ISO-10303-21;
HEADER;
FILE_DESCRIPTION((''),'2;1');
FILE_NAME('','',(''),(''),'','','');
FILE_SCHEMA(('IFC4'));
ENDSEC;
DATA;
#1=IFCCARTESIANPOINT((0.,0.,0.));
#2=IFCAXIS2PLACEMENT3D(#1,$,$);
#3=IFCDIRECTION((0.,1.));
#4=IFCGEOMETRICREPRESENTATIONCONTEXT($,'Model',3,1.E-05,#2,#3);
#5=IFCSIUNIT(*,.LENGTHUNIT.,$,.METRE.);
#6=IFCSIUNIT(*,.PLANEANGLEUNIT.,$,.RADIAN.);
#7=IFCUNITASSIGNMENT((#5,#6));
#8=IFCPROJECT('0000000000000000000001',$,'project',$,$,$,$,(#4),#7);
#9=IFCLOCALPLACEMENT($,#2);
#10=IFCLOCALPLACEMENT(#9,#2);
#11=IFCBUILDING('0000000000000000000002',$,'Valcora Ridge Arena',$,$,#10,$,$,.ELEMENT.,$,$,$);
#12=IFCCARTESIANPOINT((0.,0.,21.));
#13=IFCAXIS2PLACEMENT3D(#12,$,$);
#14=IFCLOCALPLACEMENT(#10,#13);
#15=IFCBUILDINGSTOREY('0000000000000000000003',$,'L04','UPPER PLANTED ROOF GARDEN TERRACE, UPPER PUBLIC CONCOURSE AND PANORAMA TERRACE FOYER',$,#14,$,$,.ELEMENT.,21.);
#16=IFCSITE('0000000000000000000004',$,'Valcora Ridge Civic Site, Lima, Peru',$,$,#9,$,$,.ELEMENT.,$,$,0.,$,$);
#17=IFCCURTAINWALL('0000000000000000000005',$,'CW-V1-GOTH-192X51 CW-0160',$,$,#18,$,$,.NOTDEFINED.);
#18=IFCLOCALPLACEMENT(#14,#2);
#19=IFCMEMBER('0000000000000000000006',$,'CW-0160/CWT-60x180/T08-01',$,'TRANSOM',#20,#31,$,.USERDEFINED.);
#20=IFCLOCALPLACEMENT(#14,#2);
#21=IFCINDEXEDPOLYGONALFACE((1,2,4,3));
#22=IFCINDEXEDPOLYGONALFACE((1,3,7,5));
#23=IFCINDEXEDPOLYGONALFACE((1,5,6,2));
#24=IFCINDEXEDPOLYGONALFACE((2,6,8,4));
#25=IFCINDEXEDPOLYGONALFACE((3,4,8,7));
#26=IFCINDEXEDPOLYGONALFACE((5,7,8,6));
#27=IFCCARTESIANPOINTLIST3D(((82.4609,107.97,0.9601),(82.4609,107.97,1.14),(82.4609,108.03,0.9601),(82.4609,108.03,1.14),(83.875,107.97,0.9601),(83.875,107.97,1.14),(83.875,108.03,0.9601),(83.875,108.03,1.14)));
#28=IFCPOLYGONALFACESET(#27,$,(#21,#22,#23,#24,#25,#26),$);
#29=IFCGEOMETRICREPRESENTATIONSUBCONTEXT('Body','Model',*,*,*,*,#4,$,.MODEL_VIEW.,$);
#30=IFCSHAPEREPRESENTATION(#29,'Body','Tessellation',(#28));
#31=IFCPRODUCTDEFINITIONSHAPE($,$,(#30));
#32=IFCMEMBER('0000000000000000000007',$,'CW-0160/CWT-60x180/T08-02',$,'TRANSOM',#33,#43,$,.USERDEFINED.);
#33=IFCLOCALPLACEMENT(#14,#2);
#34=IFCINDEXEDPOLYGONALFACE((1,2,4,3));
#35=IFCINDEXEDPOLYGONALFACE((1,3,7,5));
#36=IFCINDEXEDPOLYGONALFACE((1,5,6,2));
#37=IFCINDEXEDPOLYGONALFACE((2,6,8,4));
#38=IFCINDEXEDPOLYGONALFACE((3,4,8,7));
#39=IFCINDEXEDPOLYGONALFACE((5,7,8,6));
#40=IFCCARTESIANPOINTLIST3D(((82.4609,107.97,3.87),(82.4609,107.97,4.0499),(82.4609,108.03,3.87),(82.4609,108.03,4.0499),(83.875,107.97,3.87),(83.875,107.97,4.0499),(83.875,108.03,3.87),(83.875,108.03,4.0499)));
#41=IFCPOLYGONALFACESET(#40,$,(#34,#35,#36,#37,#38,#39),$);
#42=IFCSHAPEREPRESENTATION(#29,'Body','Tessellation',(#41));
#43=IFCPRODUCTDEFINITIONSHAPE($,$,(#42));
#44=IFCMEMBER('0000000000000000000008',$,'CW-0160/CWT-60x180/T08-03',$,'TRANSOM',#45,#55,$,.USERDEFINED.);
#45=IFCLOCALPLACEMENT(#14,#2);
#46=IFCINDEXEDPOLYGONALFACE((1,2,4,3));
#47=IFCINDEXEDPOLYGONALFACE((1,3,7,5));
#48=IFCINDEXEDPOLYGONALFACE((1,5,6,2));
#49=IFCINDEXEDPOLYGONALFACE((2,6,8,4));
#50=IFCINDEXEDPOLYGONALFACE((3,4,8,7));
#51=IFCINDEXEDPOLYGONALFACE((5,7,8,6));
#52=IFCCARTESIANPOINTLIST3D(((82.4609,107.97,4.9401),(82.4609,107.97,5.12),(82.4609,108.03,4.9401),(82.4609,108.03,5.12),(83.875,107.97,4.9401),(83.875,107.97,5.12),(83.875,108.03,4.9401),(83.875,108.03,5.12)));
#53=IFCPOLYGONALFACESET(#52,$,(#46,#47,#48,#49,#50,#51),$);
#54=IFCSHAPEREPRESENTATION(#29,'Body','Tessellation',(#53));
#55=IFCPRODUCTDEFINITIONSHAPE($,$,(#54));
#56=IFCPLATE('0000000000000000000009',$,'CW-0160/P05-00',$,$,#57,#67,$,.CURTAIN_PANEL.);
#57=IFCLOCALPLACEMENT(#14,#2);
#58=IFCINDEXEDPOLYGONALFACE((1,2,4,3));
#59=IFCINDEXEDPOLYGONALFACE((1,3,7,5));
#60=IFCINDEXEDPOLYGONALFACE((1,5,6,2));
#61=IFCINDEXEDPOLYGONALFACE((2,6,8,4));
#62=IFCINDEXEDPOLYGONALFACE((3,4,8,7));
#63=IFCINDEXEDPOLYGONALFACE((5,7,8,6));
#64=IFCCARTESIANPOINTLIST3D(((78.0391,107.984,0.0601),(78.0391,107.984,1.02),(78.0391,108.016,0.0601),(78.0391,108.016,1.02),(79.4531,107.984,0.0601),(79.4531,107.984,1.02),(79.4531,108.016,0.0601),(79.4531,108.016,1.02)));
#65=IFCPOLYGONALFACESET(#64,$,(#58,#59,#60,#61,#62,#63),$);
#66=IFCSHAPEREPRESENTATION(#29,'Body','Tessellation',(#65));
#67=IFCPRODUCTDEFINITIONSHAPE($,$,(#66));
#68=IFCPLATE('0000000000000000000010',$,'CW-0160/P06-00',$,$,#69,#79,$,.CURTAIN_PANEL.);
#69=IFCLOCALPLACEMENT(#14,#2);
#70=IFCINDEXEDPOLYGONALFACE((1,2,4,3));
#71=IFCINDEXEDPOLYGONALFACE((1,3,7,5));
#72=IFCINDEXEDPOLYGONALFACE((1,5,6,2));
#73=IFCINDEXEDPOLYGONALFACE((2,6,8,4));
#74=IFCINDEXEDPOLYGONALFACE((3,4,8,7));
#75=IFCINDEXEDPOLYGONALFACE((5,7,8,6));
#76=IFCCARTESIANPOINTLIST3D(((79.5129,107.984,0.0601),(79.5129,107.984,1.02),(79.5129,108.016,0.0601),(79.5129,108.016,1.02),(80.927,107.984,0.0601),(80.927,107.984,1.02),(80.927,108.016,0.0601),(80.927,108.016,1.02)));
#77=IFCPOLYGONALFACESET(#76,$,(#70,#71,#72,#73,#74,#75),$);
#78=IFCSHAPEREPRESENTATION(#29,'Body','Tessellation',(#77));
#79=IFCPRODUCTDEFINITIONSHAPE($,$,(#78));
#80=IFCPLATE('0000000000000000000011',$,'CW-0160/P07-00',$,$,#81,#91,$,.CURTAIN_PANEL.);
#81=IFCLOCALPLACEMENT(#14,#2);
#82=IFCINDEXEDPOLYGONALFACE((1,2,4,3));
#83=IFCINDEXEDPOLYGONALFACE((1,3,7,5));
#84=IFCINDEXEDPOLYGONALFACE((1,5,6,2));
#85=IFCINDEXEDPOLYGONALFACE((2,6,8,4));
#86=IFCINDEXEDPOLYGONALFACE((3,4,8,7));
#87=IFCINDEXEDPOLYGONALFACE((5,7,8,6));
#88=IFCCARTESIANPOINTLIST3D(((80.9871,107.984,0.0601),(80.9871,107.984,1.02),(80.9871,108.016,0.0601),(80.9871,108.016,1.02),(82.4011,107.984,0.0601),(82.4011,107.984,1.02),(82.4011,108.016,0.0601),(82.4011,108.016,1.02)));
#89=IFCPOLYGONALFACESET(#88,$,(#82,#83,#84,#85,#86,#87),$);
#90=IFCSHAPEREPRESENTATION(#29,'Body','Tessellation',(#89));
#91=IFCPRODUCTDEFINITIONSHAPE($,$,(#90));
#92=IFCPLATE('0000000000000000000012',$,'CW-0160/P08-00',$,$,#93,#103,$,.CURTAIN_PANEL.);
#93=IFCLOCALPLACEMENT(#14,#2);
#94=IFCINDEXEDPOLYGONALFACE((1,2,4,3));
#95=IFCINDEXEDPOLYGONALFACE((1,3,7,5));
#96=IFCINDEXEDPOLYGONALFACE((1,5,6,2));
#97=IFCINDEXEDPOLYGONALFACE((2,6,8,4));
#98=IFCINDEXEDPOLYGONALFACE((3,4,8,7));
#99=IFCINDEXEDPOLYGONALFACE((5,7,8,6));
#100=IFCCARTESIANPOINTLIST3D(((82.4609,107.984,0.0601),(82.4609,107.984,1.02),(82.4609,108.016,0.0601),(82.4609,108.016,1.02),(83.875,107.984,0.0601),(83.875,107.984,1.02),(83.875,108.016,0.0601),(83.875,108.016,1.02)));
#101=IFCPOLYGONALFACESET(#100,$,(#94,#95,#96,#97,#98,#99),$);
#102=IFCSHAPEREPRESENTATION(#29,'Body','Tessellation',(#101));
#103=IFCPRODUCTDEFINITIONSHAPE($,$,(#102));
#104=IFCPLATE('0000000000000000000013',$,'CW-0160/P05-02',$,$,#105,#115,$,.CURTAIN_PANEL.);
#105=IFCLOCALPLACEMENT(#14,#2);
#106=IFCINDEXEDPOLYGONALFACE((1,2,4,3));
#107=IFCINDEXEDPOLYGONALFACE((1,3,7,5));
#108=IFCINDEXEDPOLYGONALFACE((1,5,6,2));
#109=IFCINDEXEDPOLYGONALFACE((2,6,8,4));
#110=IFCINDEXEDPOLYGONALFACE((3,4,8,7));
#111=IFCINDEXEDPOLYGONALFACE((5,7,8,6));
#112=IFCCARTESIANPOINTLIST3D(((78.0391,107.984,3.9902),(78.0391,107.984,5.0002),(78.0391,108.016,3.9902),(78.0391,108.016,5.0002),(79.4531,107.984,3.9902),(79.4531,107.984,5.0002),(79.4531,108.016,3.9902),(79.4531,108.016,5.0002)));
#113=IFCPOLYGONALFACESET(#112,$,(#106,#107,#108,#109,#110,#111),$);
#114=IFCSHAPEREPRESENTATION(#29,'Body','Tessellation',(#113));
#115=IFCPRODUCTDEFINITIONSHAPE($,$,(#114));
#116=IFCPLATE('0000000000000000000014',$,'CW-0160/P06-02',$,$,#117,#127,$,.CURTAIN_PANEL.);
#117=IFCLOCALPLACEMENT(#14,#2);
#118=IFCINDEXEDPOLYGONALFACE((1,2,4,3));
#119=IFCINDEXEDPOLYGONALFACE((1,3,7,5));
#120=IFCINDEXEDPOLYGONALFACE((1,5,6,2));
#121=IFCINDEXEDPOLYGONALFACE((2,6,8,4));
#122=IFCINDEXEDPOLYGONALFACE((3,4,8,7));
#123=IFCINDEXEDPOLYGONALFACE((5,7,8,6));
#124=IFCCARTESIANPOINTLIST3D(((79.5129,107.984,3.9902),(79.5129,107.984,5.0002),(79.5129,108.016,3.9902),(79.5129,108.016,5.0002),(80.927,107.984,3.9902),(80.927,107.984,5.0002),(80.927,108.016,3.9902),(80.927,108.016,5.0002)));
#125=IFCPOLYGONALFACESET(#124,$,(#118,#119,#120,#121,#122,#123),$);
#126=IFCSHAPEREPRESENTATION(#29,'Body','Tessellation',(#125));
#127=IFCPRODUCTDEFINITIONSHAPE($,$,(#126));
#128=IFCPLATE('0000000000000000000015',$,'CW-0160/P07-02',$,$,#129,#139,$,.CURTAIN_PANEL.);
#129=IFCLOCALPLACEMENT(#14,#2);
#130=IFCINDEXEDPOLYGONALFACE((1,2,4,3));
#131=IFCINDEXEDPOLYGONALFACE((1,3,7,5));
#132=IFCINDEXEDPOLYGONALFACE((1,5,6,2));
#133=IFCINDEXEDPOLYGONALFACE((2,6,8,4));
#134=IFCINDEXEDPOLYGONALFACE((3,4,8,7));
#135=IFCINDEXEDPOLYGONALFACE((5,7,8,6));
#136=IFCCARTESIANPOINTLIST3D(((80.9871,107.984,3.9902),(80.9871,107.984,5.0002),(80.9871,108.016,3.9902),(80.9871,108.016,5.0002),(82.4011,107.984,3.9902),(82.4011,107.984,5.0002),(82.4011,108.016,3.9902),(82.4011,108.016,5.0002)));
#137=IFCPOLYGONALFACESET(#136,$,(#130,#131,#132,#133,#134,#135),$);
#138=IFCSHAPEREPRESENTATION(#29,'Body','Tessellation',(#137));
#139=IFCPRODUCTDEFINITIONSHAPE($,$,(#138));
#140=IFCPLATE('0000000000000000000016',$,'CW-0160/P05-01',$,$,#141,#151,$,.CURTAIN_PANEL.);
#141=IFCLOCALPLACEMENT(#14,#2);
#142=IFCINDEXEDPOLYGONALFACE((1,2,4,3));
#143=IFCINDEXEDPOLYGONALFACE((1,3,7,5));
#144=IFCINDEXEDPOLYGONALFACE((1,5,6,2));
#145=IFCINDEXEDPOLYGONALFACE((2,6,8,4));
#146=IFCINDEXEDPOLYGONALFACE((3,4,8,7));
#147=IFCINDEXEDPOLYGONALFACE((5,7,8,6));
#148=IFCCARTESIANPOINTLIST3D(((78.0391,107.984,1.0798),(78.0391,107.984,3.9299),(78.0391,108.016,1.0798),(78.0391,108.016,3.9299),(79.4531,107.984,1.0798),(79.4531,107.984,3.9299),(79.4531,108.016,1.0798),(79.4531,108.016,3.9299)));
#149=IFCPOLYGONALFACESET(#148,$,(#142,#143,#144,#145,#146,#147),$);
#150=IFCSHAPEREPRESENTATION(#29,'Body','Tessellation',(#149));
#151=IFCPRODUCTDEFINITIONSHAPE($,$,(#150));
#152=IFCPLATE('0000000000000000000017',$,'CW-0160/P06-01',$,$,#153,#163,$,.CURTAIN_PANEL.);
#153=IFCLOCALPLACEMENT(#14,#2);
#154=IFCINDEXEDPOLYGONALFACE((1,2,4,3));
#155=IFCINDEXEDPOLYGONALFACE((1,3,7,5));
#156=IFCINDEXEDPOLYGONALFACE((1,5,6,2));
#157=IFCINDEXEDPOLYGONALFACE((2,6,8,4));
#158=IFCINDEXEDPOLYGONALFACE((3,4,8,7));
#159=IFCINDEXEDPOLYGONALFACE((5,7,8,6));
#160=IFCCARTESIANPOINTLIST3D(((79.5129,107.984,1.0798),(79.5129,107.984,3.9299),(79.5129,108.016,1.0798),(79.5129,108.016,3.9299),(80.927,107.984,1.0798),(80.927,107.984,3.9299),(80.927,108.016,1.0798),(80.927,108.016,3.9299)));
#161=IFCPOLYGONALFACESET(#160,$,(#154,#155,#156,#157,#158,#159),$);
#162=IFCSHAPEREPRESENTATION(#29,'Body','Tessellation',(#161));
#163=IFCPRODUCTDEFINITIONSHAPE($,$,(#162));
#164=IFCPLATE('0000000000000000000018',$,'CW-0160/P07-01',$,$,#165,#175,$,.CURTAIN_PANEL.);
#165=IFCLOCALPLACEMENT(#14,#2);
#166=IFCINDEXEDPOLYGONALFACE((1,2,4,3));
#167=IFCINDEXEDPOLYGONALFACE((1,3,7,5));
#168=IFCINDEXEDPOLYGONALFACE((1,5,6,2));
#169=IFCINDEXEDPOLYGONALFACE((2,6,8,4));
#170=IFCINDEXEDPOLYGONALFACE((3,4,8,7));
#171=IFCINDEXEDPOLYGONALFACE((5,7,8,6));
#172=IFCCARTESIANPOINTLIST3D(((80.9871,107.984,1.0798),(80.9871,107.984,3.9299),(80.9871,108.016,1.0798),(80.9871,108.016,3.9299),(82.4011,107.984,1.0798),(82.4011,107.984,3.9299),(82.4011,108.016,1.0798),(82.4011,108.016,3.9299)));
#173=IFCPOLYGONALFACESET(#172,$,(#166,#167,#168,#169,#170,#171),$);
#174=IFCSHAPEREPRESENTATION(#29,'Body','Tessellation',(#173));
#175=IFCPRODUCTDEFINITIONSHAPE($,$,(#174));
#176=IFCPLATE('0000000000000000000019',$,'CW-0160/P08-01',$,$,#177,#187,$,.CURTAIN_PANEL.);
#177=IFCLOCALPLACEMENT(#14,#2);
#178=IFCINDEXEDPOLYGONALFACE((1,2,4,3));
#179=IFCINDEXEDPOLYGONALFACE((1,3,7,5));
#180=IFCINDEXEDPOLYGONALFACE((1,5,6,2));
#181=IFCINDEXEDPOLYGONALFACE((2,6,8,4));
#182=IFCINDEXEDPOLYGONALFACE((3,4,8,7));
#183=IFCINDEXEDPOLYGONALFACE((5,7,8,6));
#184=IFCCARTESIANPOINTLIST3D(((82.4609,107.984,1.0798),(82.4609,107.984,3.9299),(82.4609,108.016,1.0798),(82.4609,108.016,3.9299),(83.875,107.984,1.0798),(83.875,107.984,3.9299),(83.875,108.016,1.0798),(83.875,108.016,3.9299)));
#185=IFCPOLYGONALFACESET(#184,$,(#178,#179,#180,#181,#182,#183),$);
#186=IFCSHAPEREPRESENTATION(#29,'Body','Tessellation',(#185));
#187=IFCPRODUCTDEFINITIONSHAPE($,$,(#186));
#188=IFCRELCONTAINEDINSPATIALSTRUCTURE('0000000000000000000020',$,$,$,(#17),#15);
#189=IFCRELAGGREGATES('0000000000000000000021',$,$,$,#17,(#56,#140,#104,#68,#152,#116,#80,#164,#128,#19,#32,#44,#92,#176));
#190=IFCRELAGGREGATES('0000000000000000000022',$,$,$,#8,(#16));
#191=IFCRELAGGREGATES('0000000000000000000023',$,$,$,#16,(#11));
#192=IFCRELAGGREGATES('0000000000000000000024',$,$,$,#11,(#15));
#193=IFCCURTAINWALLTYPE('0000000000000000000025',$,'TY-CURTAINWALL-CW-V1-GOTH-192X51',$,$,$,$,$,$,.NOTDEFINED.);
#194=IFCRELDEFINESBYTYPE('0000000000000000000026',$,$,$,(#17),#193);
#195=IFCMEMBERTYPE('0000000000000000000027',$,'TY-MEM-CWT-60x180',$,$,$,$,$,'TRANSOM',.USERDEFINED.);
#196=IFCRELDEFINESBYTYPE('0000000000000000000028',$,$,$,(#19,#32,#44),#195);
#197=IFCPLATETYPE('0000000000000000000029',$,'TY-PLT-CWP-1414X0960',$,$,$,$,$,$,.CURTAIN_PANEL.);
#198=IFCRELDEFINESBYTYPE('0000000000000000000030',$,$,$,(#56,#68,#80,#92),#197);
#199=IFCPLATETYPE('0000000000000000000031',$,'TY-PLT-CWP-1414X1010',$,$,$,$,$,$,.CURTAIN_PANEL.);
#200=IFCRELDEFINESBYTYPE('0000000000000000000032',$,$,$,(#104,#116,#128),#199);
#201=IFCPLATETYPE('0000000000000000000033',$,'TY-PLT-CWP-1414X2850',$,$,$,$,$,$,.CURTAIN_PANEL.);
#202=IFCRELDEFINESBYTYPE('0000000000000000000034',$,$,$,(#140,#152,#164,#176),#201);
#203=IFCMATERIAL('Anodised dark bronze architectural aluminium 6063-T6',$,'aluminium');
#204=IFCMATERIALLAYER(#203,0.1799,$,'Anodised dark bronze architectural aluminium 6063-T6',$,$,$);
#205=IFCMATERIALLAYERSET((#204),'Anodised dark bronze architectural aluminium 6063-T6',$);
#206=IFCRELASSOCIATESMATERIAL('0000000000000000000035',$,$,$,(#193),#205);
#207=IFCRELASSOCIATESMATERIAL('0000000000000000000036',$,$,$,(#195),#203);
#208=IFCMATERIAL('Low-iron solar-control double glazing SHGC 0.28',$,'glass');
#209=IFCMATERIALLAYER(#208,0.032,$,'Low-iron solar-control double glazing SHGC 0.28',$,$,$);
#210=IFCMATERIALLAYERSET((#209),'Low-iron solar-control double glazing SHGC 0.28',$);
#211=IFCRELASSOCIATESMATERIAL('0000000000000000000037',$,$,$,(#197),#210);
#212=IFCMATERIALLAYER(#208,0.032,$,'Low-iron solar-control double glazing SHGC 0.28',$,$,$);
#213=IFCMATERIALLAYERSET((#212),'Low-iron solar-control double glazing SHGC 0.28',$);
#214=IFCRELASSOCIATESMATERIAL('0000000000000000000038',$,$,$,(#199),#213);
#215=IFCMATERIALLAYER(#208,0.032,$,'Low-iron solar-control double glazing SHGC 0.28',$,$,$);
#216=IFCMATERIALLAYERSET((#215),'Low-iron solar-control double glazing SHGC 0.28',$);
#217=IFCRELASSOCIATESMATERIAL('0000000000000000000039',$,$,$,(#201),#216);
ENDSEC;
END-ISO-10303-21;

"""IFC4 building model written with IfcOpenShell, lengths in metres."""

from ifc_helpers import new_model, si_unit, direction, frame, origin, origin_2d, place, context, subcontext, project, spatial, rectangle, extrude, material, layer, layer_set, material_profile, profile_set, type_object, element, aggregate, save


model = new_model("IFC4")

# Units and contexts
model_context = context("Model", 3, precision=1e-05, world=origin(), true_north=direction((0.0, 1.0)))
body_context = subcontext(model_context, "Body", "Model", "MODEL_VIEW")
ifc_project = project(units=[si_unit("LENGTHUNIT", "METRE"), si_unit("PLANEANGLEUNIT", "RADIAN")], contexts=[model_context])

# Site, building, storey
site_placement = place(None, origin())
site = spatial("IfcSite", under=ifc_project, at=site_placement, Name="Valcora Ridge Civic Site, Lima, Peru", CompositionType="ELEMENT", RefElevation=0.0)
building_placement = place(site_placement, origin())
building = spatial("IfcBuilding", under=site, at=building_placement, Name="Valcora Ridge Arena", CompositionType="ELEMENT")
storey_placement = place(building_placement, frame((0.0, 0.0, 21.0)))
storey = spatial("IfcBuildingStorey", under=building, at=storey_placement, Name="L04", Description="UPPER PLANTED ROOF GARDEN TERRACE, UPPER PUBLIC CONCOURSE AND PANORAMA TERRACE FOYER", CompositionType="ELEMENT", Elevation=21.0)

# Curtain wall, members, plates
ifc_material_1 = material(Name="Anodised dark bronze architectural aluminium 6063-T6", Category="aluminium")
ifc_layer_1 = layer(ifc_material_1, 0.1799, Name="Anodised dark bronze architectural aluminium 6063-T6")
ifc_layer_set_1 = layer_set([ifc_layer_1], Name="Anodised dark bronze architectural aluminium 6063-T6")
curtain_wall_type = type_object("IfcCurtainWallType", Name="TY-CURTAINWALL-CW-V1-GOTH-192X51", PredefinedType="NOTDEFINED", material=ifc_layer_set_1)
curtain_wall_placement = place(storey_placement, origin())
curtain_wall = element("IfcCurtainWall", 1, at=curtain_wall_placement, inside=storey, type_object=curtain_wall_type, Name="CW-V1-GOTH-192X51 CW-0160", PredefinedType="NOTDEFINED")
ifc_material_profile_1 = material_profile(ifc_material_1, rectangle(XDim=0.0601, YDim=0.1799, at=origin_2d()), Name="ALU TRANSOM 60x180")
ifc_profile_set_1 = profile_set([ifc_material_profile_1], Name="Anodised dark bronze architectural aluminium 6063-T6")
member_type_1 = type_object("IfcMemberType", Name="TY-MEM-CWT-60x180", ElementType="TRANSOM", PredefinedType="USERDEFINED", material=ifc_profile_set_1)
member_1_placement = place(storey_placement, frame((82.4609, 108.0, 1.05), z_axis=(1.0, 0.0, 0.0), x_axis=(0.0, 1.0, 0.0)))
member_1 = element("IfcMember", 2, at=member_1_placement, type_object=member_type_1, Name="CW-0160/CWT-60x180/T08-01", ObjectType="TRANSOM", PredefinedType="USERDEFINED", context=body_context, shape_type="SweptSolid", body=[
    extrude(rectangle(XDim=0.0601, YDim=0.1799, at=origin_2d()), origin(), (0.0, 0.0, 1.0), 1.4141),
])
member_2_placement = place(storey_placement, frame((82.4609, 108.0, 3.96), z_axis=(1.0, 0.0, 0.0), x_axis=(0.0, 1.0, 0.0)))
member_2 = element("IfcMember", 3, at=member_2_placement, type_object=member_type_1, Name="CW-0160/CWT-60x180/T08-02", ObjectType="TRANSOM", PredefinedType="USERDEFINED", context=body_context, shape_type="SweptSolid", body=[
    extrude(rectangle(XDim=0.0601, YDim=0.1799, at=origin_2d()), origin(), (0.0, 0.0, 1.0), 1.4141),
])
member_3_placement = place(storey_placement, frame((82.4609, 108.0, 5.03), z_axis=(1.0, 0.0, 0.0), x_axis=(0.0, 1.0, 0.0)))
member_3 = element("IfcMember", 4, at=member_3_placement, type_object=member_type_1, Name="CW-0160/CWT-60x180/T08-03", ObjectType="TRANSOM", PredefinedType="USERDEFINED", context=body_context, shape_type="SweptSolid", body=[
    extrude(rectangle(XDim=0.0601, YDim=0.1799, at=origin_2d()), origin(), (0.0, 0.0, 1.0), 1.4141),
])
ifc_material_2 = material(Name="Low-iron solar-control double glazing SHGC 0.28", Category="glass")
ifc_layer_2 = layer(ifc_material_2, 0.032, Name="Low-iron solar-control double glazing SHGC 0.28")
ifc_layer_set_2 = layer_set([ifc_layer_2], Name="Low-iron solar-control double glazing SHGC 0.28")
plate_type_1 = type_object("IfcPlateType", Name="TY-PLT-CWP-1414X0960", PredefinedType="CURTAIN_PANEL", material=ifc_layer_set_2)
plate_1_placement = place(storey_placement, frame((78.7461, 108.0, 0.0601), z_axis=(0.0, 0.0, 1.0), x_axis=(1.0, 0.0, 0.0)))
plate_1 = element("IfcPlate", 5, at=plate_1_placement, type_object=plate_type_1, Name="CW-0160/P05-00", PredefinedType="CURTAIN_PANEL", context=body_context, shape_type="SweptSolid", body=[
    extrude(rectangle(XDim=1.4141, YDim=0.032, at=origin_2d()), origin(), (0.0, 0.0, 1.0), 0.96),
])
plate_2_placement = place(storey_placement, frame((80.22, 108.0, 0.0601), z_axis=(0.0, 0.0, 1.0), x_axis=(1.0, 0.0, 0.0)))
plate_2 = element("IfcPlate", 6, at=plate_2_placement, type_object=plate_type_1, Name="CW-0160/P06-00", PredefinedType="CURTAIN_PANEL", context=body_context, shape_type="SweptSolid", body=[
    extrude(rectangle(XDim=1.4141, YDim=0.032, at=origin_2d()), origin(), (0.0, 0.0, 1.0), 0.96),
])
plate_3_placement = place(storey_placement, frame((81.6941, 108.0, 0.0601), z_axis=(0.0, 0.0, 1.0), x_axis=(1.0, 0.0, 0.0)))
plate_3 = element("IfcPlate", 7, at=plate_3_placement, type_object=plate_type_1, Name="CW-0160/P07-00", PredefinedType="CURTAIN_PANEL", context=body_context, shape_type="SweptSolid", body=[
    extrude(rectangle(XDim=1.4141, YDim=0.032, at=origin_2d()), origin(), (0.0, 0.0, 1.0), 0.96),
])
plate_4_placement = place(storey_placement, frame((83.168, 108.0, 0.0601), z_axis=(0.0, 0.0, 1.0), x_axis=(1.0, 0.0, 0.0)))
plate_4 = element("IfcPlate", 8, at=plate_4_placement, type_object=plate_type_1, Name="CW-0160/P08-00", PredefinedType="CURTAIN_PANEL", context=body_context, shape_type="SweptSolid", body=[
    extrude(rectangle(XDim=1.4141, YDim=0.032, at=origin_2d()), origin(), (0.0, 0.0, 1.0), 0.96),
])
ifc_layer_3 = layer(ifc_material_2, 0.032, Name="Low-iron solar-control double glazing SHGC 0.28")
ifc_layer_set_3 = layer_set([ifc_layer_3], Name="Low-iron solar-control double glazing SHGC 0.28")
plate_type_2 = type_object("IfcPlateType", Name="TY-PLT-CWP-1414X1010", PredefinedType="CURTAIN_PANEL", material=ifc_layer_set_3)
plate_5_placement = place(storey_placement, frame((78.7461, 108.0, 3.9902), z_axis=(0.0, 0.0, 1.0), x_axis=(1.0, 0.0, 0.0)))
plate_5 = element("IfcPlate", 9, at=plate_5_placement, type_object=plate_type_2, Name="CW-0160/P05-02", PredefinedType="CURTAIN_PANEL", context=body_context, shape_type="SweptSolid", body=[
    extrude(rectangle(XDim=1.4141, YDim=0.032, at=origin_2d()), origin(), (0.0, 0.0, 1.0), 1.01),
])
plate_6_placement = place(storey_placement, frame((80.22, 108.0, 3.9902), z_axis=(0.0, 0.0, 1.0), x_axis=(1.0, 0.0, 0.0)))
plate_6 = element("IfcPlate", 10, at=plate_6_placement, type_object=plate_type_2, Name="CW-0160/P06-02", PredefinedType="CURTAIN_PANEL", context=body_context, shape_type="SweptSolid", body=[
    extrude(rectangle(XDim=1.4141, YDim=0.032, at=origin_2d()), origin(), (0.0, 0.0, 1.0), 1.01),
])
plate_7_placement = place(storey_placement, frame((81.6941, 108.0, 3.9902), z_axis=(0.0, 0.0, 1.0), x_axis=(1.0, 0.0, 0.0)))
plate_7 = element("IfcPlate", 11, at=plate_7_placement, type_object=plate_type_2, Name="CW-0160/P07-02", PredefinedType="CURTAIN_PANEL", context=body_context, shape_type="SweptSolid", body=[
    extrude(rectangle(XDim=1.4141, YDim=0.032, at=origin_2d()), origin(), (0.0, 0.0, 1.0), 1.01),
])
ifc_layer_4 = layer(ifc_material_2, 0.032, Name="Low-iron solar-control double glazing SHGC 0.28")
ifc_layer_set_4 = layer_set([ifc_layer_4], Name="Low-iron solar-control double glazing SHGC 0.28")
plate_type_3 = type_object("IfcPlateType", Name="TY-PLT-CWP-1414X2850", PredefinedType="CURTAIN_PANEL", material=ifc_layer_set_4)
plate_8_placement = place(storey_placement, frame((78.7461, 108.0, 1.0798), z_axis=(0.0, 0.0, 1.0), x_axis=(1.0, 0.0, 0.0)))
plate_8 = element("IfcPlate", 12, at=plate_8_placement, type_object=plate_type_3, Name="CW-0160/P05-01", PredefinedType="CURTAIN_PANEL", context=body_context, shape_type="SweptSolid", body=[
    extrude(rectangle(XDim=1.4141, YDim=0.032, at=origin_2d()), origin(), (0.0, 0.0, 1.0), 2.8501),
])
plate_9_placement = place(storey_placement, frame((80.22, 108.0, 1.0798), z_axis=(0.0, 0.0, 1.0), x_axis=(1.0, 0.0, 0.0)))
plate_9 = element("IfcPlate", 13, at=plate_9_placement, type_object=plate_type_3, Name="CW-0160/P06-01", PredefinedType="CURTAIN_PANEL", context=body_context, shape_type="SweptSolid", body=[
    extrude(rectangle(XDim=1.4141, YDim=0.032, at=origin_2d()), origin(), (0.0, 0.0, 1.0), 2.8501),
])
plate_10_placement = place(storey_placement, frame((81.6941, 108.0, 1.0798), z_axis=(0.0, 0.0, 1.0), x_axis=(1.0, 0.0, 0.0)))
plate_10 = element("IfcPlate", 14, at=plate_10_placement, type_object=plate_type_3, Name="CW-0160/P07-01", PredefinedType="CURTAIN_PANEL", context=body_context, shape_type="SweptSolid", body=[
    extrude(rectangle(XDim=1.4141, YDim=0.032, at=origin_2d()), origin(), (0.0, 0.0, 1.0), 2.8501),
])
plate_11_placement = place(storey_placement, frame((83.168, 108.0, 1.0798), z_axis=(0.0, 0.0, 1.0), x_axis=(1.0, 0.0, 0.0)))
plate_11 = element("IfcPlate", 15, at=plate_11_placement, type_object=plate_type_3, Name="CW-0160/P08-01", PredefinedType="CURTAIN_PANEL", context=body_context, shape_type="SweptSolid", body=[
    extrude(rectangle(XDim=1.4141, YDim=0.032, at=origin_2d()), origin(), (0.0, 0.0, 1.0), 2.8501),
])
aggregate(curtain_wall, [plate_1, plate_8, plate_5, plate_2, plate_9, plate_6, plate_3, plate_10, plate_7, member_1, member_2, member_3, plate_4, plate_11])

save(model, "model.ifc")
